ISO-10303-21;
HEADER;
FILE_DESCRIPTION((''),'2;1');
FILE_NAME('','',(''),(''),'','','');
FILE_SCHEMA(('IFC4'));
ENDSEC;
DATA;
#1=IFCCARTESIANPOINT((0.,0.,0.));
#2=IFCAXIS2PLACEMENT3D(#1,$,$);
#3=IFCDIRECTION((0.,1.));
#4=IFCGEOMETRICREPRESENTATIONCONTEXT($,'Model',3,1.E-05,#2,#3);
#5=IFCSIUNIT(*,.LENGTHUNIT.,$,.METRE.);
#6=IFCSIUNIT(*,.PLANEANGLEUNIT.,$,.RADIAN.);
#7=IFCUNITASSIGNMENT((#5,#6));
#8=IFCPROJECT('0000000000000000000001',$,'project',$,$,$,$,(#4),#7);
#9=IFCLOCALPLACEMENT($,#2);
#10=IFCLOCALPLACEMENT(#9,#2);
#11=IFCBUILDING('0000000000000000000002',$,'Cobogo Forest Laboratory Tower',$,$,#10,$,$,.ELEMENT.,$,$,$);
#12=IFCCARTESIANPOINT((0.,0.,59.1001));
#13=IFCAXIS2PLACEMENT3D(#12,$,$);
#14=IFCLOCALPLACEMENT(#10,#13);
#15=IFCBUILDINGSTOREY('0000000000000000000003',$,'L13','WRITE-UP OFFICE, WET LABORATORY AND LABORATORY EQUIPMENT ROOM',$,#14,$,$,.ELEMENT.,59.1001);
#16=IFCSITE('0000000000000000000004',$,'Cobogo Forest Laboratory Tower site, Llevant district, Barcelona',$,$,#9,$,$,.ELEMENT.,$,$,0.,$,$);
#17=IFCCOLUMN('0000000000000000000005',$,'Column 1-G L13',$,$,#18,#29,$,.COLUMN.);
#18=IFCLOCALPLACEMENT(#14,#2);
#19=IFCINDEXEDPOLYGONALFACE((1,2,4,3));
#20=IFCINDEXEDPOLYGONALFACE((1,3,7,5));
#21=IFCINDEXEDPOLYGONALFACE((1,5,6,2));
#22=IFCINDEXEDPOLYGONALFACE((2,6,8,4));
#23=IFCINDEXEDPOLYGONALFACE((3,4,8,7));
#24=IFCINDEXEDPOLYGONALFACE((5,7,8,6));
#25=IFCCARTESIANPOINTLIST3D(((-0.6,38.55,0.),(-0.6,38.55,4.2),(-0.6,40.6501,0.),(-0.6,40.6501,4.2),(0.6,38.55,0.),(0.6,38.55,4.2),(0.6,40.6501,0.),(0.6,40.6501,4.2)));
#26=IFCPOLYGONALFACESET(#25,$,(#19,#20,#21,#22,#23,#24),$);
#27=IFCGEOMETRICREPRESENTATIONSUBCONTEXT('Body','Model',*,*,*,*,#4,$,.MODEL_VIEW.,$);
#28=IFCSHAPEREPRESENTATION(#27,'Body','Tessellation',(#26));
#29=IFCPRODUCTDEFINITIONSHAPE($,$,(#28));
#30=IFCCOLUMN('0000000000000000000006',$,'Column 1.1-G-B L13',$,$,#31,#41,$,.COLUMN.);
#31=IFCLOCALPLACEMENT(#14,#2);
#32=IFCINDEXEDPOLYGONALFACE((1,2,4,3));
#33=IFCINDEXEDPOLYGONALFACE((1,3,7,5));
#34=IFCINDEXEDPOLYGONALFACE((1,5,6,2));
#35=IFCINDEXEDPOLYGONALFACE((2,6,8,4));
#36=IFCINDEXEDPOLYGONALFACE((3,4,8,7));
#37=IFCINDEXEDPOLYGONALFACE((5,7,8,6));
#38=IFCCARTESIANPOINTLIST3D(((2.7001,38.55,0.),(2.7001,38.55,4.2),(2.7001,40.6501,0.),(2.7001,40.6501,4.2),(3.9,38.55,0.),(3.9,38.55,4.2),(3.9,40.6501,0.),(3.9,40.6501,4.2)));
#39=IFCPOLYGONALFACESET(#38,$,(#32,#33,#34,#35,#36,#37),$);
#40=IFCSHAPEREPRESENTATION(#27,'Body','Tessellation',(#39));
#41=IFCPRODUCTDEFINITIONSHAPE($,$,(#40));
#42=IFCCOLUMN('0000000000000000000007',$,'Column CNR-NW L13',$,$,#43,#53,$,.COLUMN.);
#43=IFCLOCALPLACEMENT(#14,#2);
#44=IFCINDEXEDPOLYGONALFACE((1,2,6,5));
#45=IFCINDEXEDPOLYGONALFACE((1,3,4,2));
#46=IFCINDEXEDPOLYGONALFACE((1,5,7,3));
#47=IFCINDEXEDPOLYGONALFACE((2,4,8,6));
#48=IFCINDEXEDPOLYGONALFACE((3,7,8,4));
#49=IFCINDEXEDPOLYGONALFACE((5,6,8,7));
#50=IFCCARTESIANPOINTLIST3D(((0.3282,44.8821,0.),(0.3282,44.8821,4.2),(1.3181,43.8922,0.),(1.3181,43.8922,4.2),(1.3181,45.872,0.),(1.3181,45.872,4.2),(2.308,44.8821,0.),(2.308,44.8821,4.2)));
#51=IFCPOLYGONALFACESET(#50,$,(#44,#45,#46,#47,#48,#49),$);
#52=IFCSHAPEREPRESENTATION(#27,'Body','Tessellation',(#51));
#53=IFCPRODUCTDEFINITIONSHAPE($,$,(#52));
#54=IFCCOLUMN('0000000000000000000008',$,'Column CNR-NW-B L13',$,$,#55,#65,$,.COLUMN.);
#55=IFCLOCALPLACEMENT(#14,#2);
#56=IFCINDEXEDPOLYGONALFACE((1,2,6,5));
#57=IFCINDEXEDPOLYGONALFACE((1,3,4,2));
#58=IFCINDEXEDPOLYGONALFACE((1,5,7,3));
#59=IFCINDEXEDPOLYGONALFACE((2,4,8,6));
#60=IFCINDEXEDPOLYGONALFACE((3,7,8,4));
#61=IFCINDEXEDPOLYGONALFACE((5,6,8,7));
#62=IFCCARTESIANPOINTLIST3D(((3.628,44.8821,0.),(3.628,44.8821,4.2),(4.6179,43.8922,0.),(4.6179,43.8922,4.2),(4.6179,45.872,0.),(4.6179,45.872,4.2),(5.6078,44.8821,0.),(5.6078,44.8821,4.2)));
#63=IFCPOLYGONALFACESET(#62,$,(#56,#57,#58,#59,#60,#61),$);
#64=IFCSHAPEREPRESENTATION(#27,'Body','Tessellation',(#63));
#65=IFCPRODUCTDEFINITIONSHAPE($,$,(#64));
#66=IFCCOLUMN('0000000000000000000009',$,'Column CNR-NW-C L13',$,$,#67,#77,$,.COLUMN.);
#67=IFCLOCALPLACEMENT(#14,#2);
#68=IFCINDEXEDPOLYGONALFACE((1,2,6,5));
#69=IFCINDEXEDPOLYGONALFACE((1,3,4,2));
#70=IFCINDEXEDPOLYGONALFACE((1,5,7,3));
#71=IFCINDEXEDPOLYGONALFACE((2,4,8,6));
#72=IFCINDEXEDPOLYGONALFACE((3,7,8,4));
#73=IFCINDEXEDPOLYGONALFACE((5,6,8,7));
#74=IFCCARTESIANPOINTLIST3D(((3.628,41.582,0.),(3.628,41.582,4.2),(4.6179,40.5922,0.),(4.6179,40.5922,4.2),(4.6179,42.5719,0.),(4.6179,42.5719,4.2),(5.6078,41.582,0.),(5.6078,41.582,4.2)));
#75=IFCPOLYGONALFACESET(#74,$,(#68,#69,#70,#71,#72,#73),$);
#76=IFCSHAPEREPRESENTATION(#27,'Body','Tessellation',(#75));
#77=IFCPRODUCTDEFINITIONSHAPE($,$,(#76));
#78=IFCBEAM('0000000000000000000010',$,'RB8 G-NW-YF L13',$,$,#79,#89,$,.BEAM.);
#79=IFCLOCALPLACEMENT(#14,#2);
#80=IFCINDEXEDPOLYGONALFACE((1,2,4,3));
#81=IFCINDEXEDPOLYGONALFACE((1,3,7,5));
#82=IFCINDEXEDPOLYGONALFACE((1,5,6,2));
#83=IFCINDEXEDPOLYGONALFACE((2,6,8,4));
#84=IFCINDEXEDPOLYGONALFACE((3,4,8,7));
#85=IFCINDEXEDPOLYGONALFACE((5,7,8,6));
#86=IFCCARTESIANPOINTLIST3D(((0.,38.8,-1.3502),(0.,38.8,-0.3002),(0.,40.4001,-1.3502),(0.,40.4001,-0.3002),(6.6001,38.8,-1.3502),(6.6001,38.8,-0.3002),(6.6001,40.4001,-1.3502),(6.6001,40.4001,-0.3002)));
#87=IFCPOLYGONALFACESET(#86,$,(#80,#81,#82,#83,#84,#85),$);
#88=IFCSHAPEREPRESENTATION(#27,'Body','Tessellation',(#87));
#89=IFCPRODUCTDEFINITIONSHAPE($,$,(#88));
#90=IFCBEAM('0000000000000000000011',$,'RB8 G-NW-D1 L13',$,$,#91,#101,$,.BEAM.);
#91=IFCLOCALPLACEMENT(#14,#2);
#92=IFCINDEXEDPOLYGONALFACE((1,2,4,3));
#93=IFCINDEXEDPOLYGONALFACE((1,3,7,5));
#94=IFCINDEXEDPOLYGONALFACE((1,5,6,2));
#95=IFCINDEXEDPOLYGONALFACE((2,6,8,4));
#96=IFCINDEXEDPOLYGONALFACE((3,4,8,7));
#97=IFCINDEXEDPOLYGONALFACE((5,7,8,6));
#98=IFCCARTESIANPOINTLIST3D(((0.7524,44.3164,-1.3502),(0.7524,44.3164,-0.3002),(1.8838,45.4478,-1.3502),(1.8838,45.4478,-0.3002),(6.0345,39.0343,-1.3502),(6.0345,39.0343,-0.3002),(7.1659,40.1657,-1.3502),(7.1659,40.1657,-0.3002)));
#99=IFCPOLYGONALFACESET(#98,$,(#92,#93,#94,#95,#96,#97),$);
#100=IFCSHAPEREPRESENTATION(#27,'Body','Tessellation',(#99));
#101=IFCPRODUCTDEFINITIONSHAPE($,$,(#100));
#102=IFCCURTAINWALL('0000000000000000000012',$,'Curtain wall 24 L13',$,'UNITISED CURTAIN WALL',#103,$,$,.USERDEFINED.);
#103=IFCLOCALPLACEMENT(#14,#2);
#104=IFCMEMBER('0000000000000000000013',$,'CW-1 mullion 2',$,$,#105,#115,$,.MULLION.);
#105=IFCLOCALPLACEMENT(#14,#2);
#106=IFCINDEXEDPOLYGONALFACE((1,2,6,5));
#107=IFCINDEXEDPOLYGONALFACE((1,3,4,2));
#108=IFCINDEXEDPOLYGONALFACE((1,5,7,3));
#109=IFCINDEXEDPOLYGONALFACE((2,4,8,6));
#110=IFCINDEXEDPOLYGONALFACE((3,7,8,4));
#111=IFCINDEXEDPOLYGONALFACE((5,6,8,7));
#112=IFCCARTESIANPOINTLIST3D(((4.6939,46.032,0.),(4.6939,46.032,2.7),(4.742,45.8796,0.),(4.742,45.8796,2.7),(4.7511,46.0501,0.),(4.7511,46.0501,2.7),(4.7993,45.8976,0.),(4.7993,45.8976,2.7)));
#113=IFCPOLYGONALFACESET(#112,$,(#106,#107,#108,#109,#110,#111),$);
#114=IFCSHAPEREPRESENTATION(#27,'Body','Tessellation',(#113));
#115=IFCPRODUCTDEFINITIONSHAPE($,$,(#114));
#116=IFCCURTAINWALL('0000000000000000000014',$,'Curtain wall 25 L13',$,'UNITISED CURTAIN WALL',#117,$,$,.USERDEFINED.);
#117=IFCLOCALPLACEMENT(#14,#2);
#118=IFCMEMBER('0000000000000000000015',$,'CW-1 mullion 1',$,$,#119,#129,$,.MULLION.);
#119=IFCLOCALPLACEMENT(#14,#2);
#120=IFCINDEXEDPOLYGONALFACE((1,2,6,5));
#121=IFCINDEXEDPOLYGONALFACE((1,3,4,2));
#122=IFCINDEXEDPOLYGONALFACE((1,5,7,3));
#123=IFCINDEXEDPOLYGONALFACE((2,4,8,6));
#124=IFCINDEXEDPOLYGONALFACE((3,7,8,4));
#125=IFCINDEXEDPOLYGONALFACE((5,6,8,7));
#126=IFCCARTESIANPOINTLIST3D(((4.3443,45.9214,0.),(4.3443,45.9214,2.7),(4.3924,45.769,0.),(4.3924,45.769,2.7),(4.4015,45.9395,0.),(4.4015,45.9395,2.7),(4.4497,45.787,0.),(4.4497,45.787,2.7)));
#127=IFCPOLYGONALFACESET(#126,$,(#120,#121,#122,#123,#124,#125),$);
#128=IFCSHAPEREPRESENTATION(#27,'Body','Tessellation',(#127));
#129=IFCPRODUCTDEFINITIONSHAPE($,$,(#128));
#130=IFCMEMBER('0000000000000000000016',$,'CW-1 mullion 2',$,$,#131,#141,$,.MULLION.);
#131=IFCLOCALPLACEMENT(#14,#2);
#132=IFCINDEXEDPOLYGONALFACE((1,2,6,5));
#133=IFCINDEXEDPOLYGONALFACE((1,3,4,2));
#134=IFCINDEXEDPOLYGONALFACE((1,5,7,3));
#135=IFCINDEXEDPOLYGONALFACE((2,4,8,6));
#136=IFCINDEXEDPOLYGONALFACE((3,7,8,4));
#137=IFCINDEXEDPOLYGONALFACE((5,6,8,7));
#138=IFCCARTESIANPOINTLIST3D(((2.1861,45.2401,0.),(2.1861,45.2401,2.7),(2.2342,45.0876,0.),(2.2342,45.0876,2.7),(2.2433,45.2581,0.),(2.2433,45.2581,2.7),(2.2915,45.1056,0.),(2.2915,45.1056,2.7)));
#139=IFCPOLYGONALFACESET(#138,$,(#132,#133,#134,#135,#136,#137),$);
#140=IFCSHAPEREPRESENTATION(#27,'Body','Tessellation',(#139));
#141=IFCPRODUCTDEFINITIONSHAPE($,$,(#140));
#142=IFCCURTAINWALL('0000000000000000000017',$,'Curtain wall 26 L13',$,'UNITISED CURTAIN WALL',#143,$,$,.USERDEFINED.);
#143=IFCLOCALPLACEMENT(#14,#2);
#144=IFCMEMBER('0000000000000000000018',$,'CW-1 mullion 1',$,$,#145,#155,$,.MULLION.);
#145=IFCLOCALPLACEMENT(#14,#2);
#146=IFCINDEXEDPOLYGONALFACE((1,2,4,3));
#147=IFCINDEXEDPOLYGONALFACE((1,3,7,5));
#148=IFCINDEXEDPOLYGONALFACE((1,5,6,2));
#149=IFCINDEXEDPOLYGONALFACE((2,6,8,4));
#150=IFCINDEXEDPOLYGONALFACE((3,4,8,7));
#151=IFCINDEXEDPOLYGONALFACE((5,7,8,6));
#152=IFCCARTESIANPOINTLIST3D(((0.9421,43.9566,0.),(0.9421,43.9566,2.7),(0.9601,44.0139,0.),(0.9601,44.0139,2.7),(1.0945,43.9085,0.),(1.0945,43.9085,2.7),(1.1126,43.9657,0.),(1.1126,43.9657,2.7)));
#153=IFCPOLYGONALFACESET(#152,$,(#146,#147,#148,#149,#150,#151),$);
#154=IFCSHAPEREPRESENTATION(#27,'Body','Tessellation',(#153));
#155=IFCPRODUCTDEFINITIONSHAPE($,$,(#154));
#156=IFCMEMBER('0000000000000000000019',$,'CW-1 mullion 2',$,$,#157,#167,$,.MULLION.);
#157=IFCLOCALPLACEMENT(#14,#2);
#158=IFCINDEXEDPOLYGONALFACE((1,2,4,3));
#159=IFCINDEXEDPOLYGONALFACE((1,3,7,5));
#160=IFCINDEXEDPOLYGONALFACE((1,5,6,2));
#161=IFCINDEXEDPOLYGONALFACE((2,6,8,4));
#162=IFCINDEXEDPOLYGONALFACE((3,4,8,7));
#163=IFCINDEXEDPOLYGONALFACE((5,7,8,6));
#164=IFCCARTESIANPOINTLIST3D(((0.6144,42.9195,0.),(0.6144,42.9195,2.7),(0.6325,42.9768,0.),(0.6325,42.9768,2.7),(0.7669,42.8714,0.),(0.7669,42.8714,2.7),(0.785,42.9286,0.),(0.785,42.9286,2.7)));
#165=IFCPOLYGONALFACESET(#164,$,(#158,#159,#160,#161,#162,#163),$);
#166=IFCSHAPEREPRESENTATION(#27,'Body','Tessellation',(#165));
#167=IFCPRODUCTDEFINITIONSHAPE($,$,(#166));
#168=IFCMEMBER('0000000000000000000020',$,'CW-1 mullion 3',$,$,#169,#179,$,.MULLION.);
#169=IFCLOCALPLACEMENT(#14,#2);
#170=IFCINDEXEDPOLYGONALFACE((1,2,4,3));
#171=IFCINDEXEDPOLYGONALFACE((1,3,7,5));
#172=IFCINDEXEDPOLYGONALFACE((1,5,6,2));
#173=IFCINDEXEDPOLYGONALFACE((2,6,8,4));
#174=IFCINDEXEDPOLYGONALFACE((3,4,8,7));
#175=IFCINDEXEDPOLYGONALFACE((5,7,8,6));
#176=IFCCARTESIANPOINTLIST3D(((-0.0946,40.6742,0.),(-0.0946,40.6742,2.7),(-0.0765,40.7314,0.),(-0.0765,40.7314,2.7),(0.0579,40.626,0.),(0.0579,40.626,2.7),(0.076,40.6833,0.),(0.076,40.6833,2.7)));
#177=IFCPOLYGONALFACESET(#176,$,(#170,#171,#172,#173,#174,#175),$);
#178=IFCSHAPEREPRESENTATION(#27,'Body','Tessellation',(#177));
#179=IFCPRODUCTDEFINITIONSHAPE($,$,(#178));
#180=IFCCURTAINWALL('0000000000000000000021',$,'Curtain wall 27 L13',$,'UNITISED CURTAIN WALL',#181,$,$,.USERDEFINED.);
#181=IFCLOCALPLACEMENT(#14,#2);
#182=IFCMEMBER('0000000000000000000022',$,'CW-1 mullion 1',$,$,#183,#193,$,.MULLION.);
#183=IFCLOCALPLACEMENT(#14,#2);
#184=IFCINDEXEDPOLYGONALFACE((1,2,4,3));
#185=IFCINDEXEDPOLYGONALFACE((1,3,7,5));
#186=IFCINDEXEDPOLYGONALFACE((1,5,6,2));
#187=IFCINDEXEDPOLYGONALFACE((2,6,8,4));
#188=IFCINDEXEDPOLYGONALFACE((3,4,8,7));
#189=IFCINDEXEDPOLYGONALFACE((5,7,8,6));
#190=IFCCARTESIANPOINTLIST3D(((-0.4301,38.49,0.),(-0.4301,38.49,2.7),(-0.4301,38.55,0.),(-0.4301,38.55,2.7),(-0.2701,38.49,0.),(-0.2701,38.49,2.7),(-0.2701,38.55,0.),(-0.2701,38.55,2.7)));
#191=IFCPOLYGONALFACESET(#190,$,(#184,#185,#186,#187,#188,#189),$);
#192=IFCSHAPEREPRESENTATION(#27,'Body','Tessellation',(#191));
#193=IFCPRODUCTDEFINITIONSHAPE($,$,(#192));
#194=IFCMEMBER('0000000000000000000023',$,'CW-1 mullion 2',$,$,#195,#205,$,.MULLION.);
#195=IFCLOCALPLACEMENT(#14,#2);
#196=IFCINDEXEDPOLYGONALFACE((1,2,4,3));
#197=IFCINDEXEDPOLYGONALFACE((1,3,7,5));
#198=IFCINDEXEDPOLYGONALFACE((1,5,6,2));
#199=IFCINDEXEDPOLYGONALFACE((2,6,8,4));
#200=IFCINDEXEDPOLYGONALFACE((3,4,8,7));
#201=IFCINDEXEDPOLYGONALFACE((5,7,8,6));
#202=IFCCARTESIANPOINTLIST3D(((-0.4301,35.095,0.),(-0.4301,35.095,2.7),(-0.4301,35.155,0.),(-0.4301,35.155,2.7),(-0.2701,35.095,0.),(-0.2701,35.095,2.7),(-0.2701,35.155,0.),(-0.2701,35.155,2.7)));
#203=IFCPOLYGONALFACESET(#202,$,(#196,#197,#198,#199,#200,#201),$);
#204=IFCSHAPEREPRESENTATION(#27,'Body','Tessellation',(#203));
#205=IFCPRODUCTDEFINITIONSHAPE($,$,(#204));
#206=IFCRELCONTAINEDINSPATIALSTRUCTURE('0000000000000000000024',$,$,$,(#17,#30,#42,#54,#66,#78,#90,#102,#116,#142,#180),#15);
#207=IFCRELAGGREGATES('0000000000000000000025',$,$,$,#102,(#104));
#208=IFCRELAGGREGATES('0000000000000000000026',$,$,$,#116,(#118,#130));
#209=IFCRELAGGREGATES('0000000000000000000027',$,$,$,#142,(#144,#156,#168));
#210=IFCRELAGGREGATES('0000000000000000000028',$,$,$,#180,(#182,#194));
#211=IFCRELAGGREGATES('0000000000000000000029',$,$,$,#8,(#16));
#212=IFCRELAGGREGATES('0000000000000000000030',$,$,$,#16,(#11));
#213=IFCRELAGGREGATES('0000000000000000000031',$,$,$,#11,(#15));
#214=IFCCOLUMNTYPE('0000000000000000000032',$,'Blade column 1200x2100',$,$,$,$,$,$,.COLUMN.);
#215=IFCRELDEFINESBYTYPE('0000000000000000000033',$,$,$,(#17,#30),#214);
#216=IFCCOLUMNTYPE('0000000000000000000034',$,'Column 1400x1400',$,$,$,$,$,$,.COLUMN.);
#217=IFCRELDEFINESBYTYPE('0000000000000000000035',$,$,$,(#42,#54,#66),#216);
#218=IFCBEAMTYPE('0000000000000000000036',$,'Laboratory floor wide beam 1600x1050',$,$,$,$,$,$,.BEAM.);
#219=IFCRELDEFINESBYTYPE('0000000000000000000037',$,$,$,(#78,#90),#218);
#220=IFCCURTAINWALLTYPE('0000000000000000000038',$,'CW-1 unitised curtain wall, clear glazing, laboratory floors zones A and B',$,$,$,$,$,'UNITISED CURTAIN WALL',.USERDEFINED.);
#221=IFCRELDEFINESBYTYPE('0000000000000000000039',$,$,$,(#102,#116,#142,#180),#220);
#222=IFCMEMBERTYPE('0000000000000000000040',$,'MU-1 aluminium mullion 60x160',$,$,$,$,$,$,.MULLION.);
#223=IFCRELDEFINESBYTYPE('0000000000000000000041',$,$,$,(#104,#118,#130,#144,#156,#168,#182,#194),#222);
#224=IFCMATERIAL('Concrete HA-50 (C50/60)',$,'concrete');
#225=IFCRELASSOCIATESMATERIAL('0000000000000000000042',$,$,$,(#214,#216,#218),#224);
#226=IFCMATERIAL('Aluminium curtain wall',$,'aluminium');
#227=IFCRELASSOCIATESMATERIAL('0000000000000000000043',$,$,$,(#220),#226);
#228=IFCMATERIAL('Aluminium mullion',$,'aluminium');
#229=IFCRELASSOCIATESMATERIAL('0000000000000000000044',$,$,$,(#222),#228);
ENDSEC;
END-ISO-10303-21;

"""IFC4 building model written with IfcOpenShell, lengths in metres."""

from ifc_helpers import new_model, si_unit, direction, frame, origin, origin_2d, place, context, subcontext, project, spatial, rectangle, extrude, material, material_profile, profile_set, type_object, element, aggregate, save


model = new_model("IFC4")

# Units and contexts
model_context = context("Model", 3, precision=1e-05, world=origin(), true_north=direction((0.0, 1.0)))
body_context = subcontext(model_context, "Body", "Model", "MODEL_VIEW")
ifc_project = project(units=[si_unit("LENGTHUNIT", "METRE"), si_unit("PLANEANGLEUNIT", "RADIAN")], contexts=[model_context])

# Site, building, storey
site_placement = place(None, origin())
site = spatial("IfcSite", under=ifc_project, at=site_placement, Name="Cobogo Forest Laboratory Tower site, Llevant district, Barcelona", CompositionType="ELEMENT", RefElevation=0.0)
building_placement = place(site_placement, origin())
building = spatial("IfcBuilding", under=site, at=building_placement, Name="Cobogo Forest Laboratory Tower", CompositionType="ELEMENT")
storey_placement = place(building_placement, frame((0.0, 0.0, 59.1001)))
storey = spatial("IfcBuildingStorey", under=building, at=storey_placement, Name="L13", Description="WRITE-UP OFFICE, WET LABORATORY AND LABORATORY EQUIPMENT ROOM", CompositionType="ELEMENT", Elevation=59.1001)

# Columns
ifc_material_1 = material(Name="Concrete HA-50 (C50/60)", Category="concrete")
ifc_material_profile_1 = material_profile(ifc_material_1, rectangle(XDim=2.1001, YDim=1.2, at=origin_2d()), Name="RC 1200x2100")
ifc_profile_set_1 = profile_set([ifc_material_profile_1], Name="Concrete HA-50 (C50/60)")
column_type_1 = type_object("IfcColumnType", Name="Blade column 1200x2100", PredefinedType="COLUMN", material=ifc_profile_set_1)
for number, where, z_axis, x_axis, name in (
    (1, (0.0, 39.6001, 0.0), (0.0, 0.0, 1.0), (0.0, 1.0, 0.0), "Column 1-G L13"),
    (2, (3.3, 39.6001, 0.0), (0.0, 0.0, 1.0), (0.0, 1.0, 0.0), "Column 1.1-G-B L13"),
):
    element("IfcColumn", number, at=place(storey_placement, frame(where, z_axis=z_axis, x_axis=x_axis)), inside=storey, type_object=column_type_1, Name=name, PredefinedType="COLUMN", context=body_context, shape_type="SweptSolid", body=[
        extrude(rectangle(XDim=2.1001, YDim=1.2, at=origin_2d()), origin(), (0.0, 0.0, 1.0), 4.2),
    ])
ifc_material_profile_2 = material_profile(ifc_material_1, rectangle(XDim=1.3999, YDim=1.3999, at=origin_2d()), Name="RC 1400x1400")
ifc_profile_set_2 = profile_set([ifc_material_profile_2], Name="Concrete HA-50 (C50/60)")
column_type_2 = type_object("IfcColumnType", Name="Column 1400x1400", PredefinedType="COLUMN", material=ifc_profile_set_2)
for number, where, z_axis, x_axis, name in (
    (3, (1.3181, 44.8821, 0.0), (0.0, 0.0, 1.0), (0.707107, 0.707107, 0.0), "Column CNR-NW L13"),
    (4, (4.6179, 44.8821, 0.0), (0.0, 0.0, 1.0), (0.707107, 0.707107, 0.0), "Column CNR-NW-B L13"),
    (5, (4.6179, 41.582, 0.0), (0.0, 0.0, 1.0), (0.707107, 0.707107, 0.0), "Column CNR-NW-C L13"),
):
    element("IfcColumn", number, at=place(storey_placement, frame(where, z_axis=z_axis, x_axis=x_axis)), inside=storey, type_object=column_type_2, Name=name, PredefinedType="COLUMN", context=body_context, shape_type="SweptSolid", body=[
        extrude(rectangle(XDim=1.3999, YDim=1.3999, at=origin_2d()), origin(), (0.0, 0.0, 1.0), 4.2),
    ])

# Beams
ifc_material_profile_3 = material_profile(ifc_material_1, rectangle(XDim=1.6001, YDim=1.05, at=origin_2d()), Name="RC 1600x1050")
ifc_profile_set_3 = profile_set([ifc_material_profile_3], Name="Concrete HA-50 (C50/60)")
beam_type_1 = type_object("IfcBeamType", Name="Laboratory floor wide beam 1600x1050", PredefinedType="BEAM", material=ifc_profile_set_3)
beam_1_placement = place(storey_placement, frame((0.0, 39.6001, -0.8252), z_axis=(1.0, 0.0, 0.0), x_axis=(0.0, 1.0, 0.0)))
element("IfcBeam", 6, at=beam_1_placement, inside=storey, type_object=beam_type_1, Name="RB8 G-NW-YF L13", PredefinedType="BEAM", context=body_context, shape_type="SweptSolid", body=[
    extrude(rectangle(XDim=1.6001, YDim=1.05, at=origin_2d()), origin(), (0.0, 0.0, 1.0), 6.6001),
])
beam_2_placement = place(storey_placement, frame((1.3181, 44.8821, -0.8252), z_axis=(0.707107, -0.707107, 0.0), x_axis=(0.707107, 0.707107, 0.0)))
element("IfcBeam", 7, at=beam_2_placement, inside=storey, type_object=beam_type_1, Name="RB8 G-NW-D1 L13", PredefinedType="BEAM", context=body_context, shape_type="SweptSolid", body=[
    extrude(rectangle(XDim=1.6001, YDim=1.05, at=origin_2d()), origin(), (0.0, 0.0, 1.0), 7.47),
])

# Curtain wall, member
ifc_material_2 = material(Name="Aluminium curtain wall", Category="aluminium")
curtain_wall_type = type_object("IfcCurtainWallType", Name="CW-1 unitised curtain wall, clear glazing, laboratory floors zones A and B", ElementType="UNITISED CURTAIN WALL", PredefinedType="USERDEFINED", material=ifc_material_2)
curtain_wall_1_placement = place(storey_placement, origin())
curtain_wall_1 = element("IfcCurtainWall", 8, at=curtain_wall_1_placement, inside=storey, type_object=curtain_wall_type, Name="Curtain wall 24 L13", ObjectType="UNITISED CURTAIN WALL", PredefinedType="USERDEFINED")
ifc_material_3 = material(Name="Aluminium mullion", Category="aluminium")
ifc_material_profile_4 = material_profile(ifc_material_3, rectangle(XDim=0.0601, YDim=0.1599, at=origin_2d()), Name="AL 60x160")
ifc_profile_set_4 = profile_set([ifc_material_profile_4], Name="Aluminium mullion")
member_type_1 = type_object("IfcMemberType", Name="MU-1 aluminium mullion 60x160", PredefinedType="MULLION", material=ifc_profile_set_4)
member_1_placement = place(storey_placement, frame((4.7466, 45.9648, 0.0), z_axis=(0.0, 0.0, 1.0), x_axis=(-0.953582, -0.301135, 0.0)))
member_1 = element("IfcMember", 9, at=member_1_placement, type_object=member_type_1, Name="CW-1 mullion 2", PredefinedType="MULLION", context=body_context, shape_type="SweptSolid", body=[
    extrude(rectangle(XDim=0.0601, YDim=0.1599, at=origin_2d()), origin(), (0.0, 0.0, 1.0), 2.7),
])

# Curtain walls, members
curtain_wall_2_placement = place(storey_placement, origin())
curtain_wall_2 = element("IfcCurtainWall", 10, at=curtain_wall_2_placement, inside=storey, type_object=curtain_wall_type, Name="Curtain wall 25 L13", ObjectType="UNITISED CURTAIN WALL", PredefinedType="USERDEFINED")
member_2_placement = place(storey_placement, frame((4.397, 45.8542, 0.0), z_axis=(0.0, 0.0, 1.0), x_axis=(-0.953581, -0.301135, 0.0)))
member_2 = element("IfcMember", 11, at=member_2_placement, type_object=member_type_1, Name="CW-1 mullion 1", PredefinedType="MULLION", context=body_context, shape_type="SweptSolid", body=[
    extrude(rectangle(XDim=0.0601, YDim=0.1599, at=origin_2d()), origin(), (0.0, 0.0, 1.0), 2.7),
])
member_3_placement = place(storey_placement, frame((2.2388, 45.1729, 0.0), z_axis=(0.0, 0.0, 1.0), x_axis=(-0.953581, -0.301135, 0.0)))
member_3 = element("IfcMember", 12, at=member_3_placement, type_object=member_type_1, Name="CW-1 mullion 2", PredefinedType="MULLION", context=body_context, shape_type="SweptSolid", body=[
    extrude(rectangle(XDim=0.0601, YDim=0.1599, at=origin_2d()), origin(), (0.0, 0.0, 1.0), 2.7),
])
curtain_wall_3_placement = place(storey_placement, origin())
curtain_wall_3 = element("IfcCurtainWall", 13, at=curtain_wall_3_placement, inside=storey, type_object=curtain_wall_type, Name="Curtain wall 26 L13", ObjectType="UNITISED CURTAIN WALL", PredefinedType="USERDEFINED")
member_4_placement = place(storey_placement, frame((1.0273, 43.9612, 0.0), z_axis=(0.0, 0.0, 1.0), x_axis=(-0.301135, -0.953581, 0.0)))
member_4 = element("IfcMember", 14, at=member_4_placement, type_object=member_type_1, Name="CW-1 mullion 1", PredefinedType="MULLION", context=body_context, shape_type="SweptSolid", body=[
    extrude(rectangle(XDim=0.0601, YDim=0.1599, at=origin_2d()), origin(), (0.0, 0.0, 1.0), 2.7),
])
member_5_placement = place(storey_placement, frame((0.6997, 42.9241, 0.0), z_axis=(0.0, 0.0, 1.0), x_axis=(-0.301135, -0.953581, 0.0)))
member_5 = element("IfcMember", 15, at=member_5_placement, type_object=member_type_1, Name="CW-1 mullion 2", PredefinedType="MULLION", context=body_context, shape_type="SweptSolid", body=[
    extrude(rectangle(XDim=0.0601, YDim=0.1599, at=origin_2d()), origin(), (0.0, 0.0, 1.0), 2.7),
])
member_6_placement = place(storey_placement, frame((-0.0093, 40.6787, 0.0), z_axis=(0.0, 0.0, 1.0), x_axis=(-0.301135, -0.953581, 0.0)))
member_6 = element("IfcMember", 16, at=member_6_placement, type_object=member_type_1, Name="CW-1 mullion 3", PredefinedType="MULLION", context=body_context, shape_type="SweptSolid", body=[
    extrude(rectangle(XDim=0.0601, YDim=0.1599, at=origin_2d()), origin(), (0.0, 0.0, 1.0), 2.7),
])
curtain_wall_4_placement = place(storey_placement, origin())
curtain_wall_4 = element("IfcCurtainWall", 17, at=curtain_wall_4_placement, inside=storey, type_object=curtain_wall_type, Name="Curtain wall 27 L13", ObjectType="UNITISED CURTAIN WALL", PredefinedType="USERDEFINED")
member_7_placement = place(storey_placement, frame((-0.3501, 38.52, 0.0), z_axis=(0.0, 0.0, 1.0), x_axis=(0.0, -1.0, 0.0)))
member_7 = element("IfcMember", 18, at=member_7_placement, type_object=member_type_1, Name="CW-1 mullion 1", PredefinedType="MULLION", context=body_context, shape_type="SweptSolid", body=[
    extrude(rectangle(XDim=0.0601, YDim=0.1599, at=origin_2d()), origin(), (0.0, 0.0, 1.0), 2.7),
])
member_8_placement = place(storey_placement, frame((-0.3501, 35.125, 0.0), z_axis=(0.0, 0.0, 1.0), x_axis=(0.0, -1.0, 0.0)))
member_8 = element("IfcMember", 19, at=member_8_placement, type_object=member_type_1, Name="CW-1 mullion 2", PredefinedType="MULLION", context=body_context, shape_type="SweptSolid", body=[
    extrude(rectangle(XDim=0.0601, YDim=0.1599, at=origin_2d()), origin(), (0.0, 0.0, 1.0), 2.7),
])

aggregate(curtain_wall_1, [member_1])
aggregate(curtain_wall_2, [member_2, member_3])
aggregate(curtain_wall_3, [member_4, member_5, member_6])
aggregate(curtain_wall_4, [member_7, member_8])

save(model, "model.ifc")
